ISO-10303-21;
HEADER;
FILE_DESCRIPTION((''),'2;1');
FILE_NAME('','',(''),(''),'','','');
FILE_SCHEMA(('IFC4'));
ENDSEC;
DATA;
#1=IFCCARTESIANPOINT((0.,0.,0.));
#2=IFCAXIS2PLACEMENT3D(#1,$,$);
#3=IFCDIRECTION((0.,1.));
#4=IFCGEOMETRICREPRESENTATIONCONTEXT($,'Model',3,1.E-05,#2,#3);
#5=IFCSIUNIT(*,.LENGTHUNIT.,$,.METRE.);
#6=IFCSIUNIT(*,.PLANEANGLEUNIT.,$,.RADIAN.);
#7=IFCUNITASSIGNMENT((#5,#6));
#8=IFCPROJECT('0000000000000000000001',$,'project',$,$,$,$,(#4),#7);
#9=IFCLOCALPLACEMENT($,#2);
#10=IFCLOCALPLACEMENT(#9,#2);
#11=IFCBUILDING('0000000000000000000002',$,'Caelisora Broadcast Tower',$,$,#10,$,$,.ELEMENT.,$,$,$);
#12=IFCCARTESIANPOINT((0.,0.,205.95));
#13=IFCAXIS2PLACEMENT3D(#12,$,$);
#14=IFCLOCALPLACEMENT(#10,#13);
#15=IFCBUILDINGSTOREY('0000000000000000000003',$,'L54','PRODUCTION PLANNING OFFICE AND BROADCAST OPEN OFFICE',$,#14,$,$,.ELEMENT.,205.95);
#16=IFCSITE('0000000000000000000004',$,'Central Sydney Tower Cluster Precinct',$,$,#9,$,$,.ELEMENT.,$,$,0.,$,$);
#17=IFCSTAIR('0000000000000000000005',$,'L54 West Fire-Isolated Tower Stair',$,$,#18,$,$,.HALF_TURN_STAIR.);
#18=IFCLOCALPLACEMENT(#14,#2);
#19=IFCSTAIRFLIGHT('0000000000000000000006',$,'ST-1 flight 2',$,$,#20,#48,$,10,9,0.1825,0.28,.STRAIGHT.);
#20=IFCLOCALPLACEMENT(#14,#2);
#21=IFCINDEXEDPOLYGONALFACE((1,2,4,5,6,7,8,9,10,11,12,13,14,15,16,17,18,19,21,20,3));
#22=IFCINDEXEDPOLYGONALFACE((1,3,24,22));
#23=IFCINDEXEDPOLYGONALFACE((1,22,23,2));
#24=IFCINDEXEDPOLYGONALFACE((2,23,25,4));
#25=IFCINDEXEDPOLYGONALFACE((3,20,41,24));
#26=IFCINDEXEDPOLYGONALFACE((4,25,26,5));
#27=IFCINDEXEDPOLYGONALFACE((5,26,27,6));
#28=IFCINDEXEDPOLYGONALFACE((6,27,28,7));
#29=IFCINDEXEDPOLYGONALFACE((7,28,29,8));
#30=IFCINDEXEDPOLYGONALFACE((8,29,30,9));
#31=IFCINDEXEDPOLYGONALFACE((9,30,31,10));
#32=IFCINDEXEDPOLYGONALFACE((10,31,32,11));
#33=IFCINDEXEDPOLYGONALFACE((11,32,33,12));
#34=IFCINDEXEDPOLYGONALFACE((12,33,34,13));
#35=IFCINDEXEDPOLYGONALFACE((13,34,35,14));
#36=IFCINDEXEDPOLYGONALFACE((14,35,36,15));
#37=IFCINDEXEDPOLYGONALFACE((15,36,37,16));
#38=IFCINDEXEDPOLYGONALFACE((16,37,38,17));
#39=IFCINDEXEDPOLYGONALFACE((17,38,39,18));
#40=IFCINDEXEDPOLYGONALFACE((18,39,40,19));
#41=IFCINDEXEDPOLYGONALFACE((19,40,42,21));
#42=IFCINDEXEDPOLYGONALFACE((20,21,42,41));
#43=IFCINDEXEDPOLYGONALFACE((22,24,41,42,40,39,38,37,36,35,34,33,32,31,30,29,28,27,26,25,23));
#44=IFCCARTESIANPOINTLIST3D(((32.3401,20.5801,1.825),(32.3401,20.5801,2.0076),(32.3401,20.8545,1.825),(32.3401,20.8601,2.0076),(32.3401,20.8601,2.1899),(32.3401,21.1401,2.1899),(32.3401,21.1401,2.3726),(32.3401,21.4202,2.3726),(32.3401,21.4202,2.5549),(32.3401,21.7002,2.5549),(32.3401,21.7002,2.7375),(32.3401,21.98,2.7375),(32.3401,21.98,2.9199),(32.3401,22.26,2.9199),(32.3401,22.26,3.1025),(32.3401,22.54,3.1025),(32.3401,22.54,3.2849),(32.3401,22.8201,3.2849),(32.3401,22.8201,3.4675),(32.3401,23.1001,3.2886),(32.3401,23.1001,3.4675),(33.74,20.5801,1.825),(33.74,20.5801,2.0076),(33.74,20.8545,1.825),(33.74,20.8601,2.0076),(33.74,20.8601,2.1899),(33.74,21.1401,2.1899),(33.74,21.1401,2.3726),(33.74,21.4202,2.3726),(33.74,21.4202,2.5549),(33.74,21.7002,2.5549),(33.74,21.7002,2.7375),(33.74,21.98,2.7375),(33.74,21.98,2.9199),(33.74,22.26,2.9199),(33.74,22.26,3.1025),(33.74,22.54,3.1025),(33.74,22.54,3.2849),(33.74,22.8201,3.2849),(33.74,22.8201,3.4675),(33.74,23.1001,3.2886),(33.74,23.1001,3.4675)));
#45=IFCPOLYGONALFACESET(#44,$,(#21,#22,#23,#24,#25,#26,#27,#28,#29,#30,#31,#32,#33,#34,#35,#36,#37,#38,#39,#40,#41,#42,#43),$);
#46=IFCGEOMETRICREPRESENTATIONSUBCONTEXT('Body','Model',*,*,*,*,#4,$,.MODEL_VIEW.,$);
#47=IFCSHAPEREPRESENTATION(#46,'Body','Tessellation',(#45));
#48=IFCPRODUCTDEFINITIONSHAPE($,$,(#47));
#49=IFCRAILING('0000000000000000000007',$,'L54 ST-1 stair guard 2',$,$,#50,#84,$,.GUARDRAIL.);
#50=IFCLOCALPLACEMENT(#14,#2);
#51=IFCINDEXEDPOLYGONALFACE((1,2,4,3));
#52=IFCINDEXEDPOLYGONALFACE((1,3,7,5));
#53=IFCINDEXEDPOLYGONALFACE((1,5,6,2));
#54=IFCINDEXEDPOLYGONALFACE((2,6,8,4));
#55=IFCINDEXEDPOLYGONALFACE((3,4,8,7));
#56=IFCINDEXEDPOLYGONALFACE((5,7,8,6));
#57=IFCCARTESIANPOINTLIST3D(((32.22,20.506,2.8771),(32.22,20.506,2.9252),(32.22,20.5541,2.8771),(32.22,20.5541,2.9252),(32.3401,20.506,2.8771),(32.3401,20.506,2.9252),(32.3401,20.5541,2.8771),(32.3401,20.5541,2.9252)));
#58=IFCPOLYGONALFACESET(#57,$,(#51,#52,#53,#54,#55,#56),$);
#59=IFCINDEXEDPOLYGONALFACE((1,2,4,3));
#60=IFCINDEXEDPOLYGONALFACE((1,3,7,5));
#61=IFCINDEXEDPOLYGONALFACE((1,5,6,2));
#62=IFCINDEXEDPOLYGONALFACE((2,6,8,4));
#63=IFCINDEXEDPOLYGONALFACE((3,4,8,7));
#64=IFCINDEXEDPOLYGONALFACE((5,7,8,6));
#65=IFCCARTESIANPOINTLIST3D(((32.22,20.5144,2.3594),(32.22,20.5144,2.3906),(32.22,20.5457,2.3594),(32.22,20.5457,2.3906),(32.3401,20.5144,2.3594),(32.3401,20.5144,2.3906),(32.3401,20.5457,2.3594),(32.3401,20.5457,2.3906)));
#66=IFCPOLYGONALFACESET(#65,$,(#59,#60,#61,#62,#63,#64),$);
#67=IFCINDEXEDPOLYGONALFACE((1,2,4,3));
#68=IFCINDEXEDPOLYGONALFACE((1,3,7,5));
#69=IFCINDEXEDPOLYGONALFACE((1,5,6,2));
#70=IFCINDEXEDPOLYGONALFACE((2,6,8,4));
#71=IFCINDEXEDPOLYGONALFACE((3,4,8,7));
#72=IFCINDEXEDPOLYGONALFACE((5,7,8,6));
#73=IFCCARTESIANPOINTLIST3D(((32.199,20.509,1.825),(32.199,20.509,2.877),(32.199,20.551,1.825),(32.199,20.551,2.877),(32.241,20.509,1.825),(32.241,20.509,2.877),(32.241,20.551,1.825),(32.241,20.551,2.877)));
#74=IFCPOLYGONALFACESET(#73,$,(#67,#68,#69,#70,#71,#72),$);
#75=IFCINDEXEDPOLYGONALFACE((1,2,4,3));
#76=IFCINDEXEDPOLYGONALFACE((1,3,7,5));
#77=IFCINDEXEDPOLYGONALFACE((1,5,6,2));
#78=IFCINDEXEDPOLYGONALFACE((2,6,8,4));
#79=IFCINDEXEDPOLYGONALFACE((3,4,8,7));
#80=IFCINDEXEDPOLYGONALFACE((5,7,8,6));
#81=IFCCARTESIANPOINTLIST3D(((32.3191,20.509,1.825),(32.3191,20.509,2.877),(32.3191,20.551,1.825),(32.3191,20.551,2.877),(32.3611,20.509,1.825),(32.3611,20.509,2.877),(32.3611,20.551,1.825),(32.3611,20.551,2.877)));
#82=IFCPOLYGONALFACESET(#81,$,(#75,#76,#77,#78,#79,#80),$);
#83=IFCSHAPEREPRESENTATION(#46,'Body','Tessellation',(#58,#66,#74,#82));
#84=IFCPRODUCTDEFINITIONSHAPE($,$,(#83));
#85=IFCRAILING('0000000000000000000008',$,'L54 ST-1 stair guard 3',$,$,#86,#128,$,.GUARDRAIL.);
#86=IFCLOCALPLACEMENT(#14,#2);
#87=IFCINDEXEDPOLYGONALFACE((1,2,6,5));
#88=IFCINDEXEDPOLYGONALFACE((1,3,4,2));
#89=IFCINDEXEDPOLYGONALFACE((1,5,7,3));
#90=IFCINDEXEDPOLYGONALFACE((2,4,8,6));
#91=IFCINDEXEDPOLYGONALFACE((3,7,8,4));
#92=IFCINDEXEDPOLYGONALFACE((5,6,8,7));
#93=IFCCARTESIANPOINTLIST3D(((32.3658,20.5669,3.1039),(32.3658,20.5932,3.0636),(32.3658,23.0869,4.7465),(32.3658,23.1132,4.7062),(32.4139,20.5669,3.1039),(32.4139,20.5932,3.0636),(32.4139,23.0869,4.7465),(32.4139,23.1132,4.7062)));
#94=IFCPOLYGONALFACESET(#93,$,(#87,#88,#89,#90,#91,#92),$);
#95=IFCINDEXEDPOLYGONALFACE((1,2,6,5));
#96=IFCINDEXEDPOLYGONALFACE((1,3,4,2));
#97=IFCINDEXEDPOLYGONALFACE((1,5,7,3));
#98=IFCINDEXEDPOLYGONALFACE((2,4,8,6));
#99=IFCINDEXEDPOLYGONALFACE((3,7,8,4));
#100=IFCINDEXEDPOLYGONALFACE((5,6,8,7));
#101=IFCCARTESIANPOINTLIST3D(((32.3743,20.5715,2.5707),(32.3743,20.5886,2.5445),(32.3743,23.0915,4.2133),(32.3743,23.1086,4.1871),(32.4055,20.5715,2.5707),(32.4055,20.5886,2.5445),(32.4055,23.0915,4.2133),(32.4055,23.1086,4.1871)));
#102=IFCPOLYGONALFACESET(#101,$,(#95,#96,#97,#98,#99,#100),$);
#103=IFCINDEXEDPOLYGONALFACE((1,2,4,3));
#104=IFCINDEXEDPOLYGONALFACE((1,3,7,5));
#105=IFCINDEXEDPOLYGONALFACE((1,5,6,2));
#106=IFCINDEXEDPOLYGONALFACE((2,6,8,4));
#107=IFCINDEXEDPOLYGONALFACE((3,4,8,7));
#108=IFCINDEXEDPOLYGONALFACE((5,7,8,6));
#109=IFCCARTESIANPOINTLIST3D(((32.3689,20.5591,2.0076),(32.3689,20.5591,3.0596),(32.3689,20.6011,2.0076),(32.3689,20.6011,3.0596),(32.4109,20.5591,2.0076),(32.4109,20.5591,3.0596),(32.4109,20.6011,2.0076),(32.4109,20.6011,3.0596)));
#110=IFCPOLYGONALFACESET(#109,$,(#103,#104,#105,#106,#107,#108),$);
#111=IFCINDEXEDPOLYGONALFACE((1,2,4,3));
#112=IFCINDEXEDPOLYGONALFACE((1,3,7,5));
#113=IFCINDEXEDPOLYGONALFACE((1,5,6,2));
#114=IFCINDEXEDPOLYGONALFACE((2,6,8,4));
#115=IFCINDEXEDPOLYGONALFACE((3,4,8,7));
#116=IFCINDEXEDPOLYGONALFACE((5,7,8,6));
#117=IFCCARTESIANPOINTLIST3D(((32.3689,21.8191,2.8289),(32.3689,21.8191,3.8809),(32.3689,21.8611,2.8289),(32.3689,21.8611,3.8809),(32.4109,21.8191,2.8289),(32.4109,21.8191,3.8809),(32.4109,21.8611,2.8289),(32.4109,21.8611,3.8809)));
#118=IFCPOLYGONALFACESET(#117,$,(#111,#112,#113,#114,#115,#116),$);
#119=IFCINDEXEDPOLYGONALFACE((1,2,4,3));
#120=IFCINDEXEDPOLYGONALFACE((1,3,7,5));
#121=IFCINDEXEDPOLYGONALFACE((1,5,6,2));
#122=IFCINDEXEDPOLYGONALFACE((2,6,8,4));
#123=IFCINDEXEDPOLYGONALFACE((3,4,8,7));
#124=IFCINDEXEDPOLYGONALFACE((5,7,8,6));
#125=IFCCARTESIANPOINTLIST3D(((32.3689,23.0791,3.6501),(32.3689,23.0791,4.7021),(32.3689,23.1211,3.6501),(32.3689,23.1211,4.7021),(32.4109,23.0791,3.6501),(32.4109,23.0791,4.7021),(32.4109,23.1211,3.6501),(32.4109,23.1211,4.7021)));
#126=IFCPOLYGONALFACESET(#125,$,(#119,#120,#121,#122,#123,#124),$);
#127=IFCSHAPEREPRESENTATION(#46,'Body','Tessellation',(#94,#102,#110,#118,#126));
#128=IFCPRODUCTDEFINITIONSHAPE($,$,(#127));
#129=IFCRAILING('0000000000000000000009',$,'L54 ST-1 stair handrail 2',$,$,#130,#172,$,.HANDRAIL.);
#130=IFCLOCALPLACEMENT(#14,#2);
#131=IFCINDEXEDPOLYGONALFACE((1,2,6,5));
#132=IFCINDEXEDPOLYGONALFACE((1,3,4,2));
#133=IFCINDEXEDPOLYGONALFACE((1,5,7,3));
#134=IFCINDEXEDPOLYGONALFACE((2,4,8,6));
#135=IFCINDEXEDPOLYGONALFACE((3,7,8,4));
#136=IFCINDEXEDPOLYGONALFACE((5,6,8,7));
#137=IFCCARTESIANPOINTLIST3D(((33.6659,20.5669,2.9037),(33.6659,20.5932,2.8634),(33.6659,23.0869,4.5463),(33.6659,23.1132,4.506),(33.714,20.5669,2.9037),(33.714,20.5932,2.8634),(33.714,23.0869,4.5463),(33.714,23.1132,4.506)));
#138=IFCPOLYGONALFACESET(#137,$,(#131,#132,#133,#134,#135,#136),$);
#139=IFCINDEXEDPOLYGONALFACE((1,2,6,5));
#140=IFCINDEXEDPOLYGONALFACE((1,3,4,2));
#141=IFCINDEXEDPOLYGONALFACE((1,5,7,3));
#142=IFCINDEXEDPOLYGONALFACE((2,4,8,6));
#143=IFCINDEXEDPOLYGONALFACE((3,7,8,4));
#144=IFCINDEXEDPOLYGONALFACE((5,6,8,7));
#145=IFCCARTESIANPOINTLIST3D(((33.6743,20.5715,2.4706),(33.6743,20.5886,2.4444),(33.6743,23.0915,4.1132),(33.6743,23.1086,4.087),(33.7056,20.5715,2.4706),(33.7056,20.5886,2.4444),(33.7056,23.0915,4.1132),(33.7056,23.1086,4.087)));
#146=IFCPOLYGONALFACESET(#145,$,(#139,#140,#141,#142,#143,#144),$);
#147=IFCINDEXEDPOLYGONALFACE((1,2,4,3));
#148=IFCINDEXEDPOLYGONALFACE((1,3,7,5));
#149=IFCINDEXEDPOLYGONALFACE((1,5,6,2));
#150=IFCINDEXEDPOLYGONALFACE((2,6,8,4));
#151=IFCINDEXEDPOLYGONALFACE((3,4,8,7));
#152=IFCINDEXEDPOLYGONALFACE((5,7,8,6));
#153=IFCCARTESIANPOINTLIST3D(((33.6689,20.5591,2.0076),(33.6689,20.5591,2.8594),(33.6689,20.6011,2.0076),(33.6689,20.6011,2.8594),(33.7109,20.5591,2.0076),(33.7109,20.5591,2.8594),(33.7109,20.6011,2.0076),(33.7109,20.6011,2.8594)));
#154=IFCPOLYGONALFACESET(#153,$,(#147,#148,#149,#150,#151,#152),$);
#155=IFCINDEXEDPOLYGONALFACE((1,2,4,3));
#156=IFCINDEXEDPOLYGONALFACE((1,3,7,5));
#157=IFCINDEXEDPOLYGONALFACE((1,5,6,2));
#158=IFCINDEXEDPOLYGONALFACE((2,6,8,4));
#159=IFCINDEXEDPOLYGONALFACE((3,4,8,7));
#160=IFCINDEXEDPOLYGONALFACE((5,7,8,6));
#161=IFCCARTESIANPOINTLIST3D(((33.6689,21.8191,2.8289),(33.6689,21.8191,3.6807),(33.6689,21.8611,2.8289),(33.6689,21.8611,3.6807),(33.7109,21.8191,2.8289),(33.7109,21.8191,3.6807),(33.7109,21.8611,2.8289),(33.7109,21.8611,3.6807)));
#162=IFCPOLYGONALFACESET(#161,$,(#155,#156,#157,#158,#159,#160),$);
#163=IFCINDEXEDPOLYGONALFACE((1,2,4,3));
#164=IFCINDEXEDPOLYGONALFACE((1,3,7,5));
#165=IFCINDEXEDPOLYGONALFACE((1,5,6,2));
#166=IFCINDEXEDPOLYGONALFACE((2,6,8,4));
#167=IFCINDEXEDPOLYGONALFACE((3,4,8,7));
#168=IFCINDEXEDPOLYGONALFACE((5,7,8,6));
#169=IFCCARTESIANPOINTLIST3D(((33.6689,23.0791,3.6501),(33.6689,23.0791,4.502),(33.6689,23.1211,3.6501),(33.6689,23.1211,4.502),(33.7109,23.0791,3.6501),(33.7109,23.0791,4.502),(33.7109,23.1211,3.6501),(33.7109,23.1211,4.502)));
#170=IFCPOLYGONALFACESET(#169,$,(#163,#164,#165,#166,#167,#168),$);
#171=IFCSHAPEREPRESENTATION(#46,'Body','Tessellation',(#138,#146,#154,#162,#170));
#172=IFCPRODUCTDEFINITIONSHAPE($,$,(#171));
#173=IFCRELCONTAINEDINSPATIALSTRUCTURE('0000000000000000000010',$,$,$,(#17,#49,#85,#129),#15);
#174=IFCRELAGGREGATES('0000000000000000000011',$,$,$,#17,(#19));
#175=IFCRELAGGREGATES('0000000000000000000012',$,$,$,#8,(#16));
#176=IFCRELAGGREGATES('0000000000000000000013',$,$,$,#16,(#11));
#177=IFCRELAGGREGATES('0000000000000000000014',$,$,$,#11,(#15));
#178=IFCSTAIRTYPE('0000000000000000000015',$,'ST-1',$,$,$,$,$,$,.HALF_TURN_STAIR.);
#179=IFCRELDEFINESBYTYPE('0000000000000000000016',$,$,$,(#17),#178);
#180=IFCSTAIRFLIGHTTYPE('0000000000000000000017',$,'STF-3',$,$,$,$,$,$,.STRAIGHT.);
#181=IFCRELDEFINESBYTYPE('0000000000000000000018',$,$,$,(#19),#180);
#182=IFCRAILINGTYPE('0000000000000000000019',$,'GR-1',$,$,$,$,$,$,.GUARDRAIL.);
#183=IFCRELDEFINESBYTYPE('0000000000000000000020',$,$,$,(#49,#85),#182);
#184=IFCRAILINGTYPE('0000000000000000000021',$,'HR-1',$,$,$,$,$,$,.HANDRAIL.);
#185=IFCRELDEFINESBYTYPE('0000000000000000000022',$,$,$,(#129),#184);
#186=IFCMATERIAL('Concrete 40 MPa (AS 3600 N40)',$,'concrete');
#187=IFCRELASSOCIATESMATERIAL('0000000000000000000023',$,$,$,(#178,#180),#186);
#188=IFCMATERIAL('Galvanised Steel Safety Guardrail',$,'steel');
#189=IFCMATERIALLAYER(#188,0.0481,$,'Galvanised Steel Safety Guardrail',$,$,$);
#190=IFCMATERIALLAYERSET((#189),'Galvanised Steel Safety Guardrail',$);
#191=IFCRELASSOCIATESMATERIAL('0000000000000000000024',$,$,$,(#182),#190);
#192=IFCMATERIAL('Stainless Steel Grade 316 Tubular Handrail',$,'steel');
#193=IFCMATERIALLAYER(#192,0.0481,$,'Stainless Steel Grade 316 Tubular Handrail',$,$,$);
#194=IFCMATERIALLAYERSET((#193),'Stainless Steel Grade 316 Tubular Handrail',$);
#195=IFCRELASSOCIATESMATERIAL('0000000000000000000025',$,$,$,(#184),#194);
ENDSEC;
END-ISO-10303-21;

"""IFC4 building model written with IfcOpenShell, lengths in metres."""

from ifc_helpers import new_model, si_unit, direction, frame, origin, origin_2d, place, context, subcontext, project, spatial, polyline, rectangle, outline, extrude, material, layer, layer_set, type_object, element, aggregate, save


model = new_model("IFC4")

# Units and contexts
model_context = context("Model", 3, precision=1e-05, world=origin(), true_north=direction((0.0, 1.0)))
body_context = subcontext(model_context, "Body", "Model", "MODEL_VIEW")
ifc_project = project(units=[si_unit("LENGTHUNIT", "METRE"), si_unit("PLANEANGLEUNIT", "RADIAN")], contexts=[model_context])

# Site, building, storey
site_placement = place(None, origin())
site = spatial("IfcSite", under=ifc_project, at=site_placement, Name="Central Sydney Tower Cluster Precinct", CompositionType="ELEMENT", RefElevation=0.0)
building_placement = place(site_placement, origin())
building = spatial("IfcBuilding", under=site, at=building_placement, Name="Caelisora Broadcast Tower", CompositionType="ELEMENT")
storey_placement = place(building_placement, frame((0.0, 0.0, 205.95)))
storey = spatial("IfcBuildingStorey", under=building, at=storey_placement, Name="L54", Description="PRODUCTION PLANNING OFFICE AND BROADCAST OPEN OFFICE", CompositionType="ELEMENT", Elevation=205.95)

# Stair, stair flight
ifc_material_1 = material(Name="Concrete 40 MPa (AS 3600 N40)", Category="concrete")
stair_type = type_object("IfcStairType", Name="ST-1", PredefinedType="HALF_TURN_STAIR", material=ifc_material_1)
stair_placement = place(storey_placement, origin())
stair = element("IfcStair", 1, at=stair_placement, inside=storey, type_object=stair_type, Name="L54 West Fire-Isolated Tower Stair", PredefinedType="HALF_TURN_STAIR")
stair_flight_type = type_object("IfcStairFlightType", Name="STF-3", PredefinedType="STRAIGHT", material=ifc_material_1)
stair_flight_placement = place(storey_placement, frame((33.04, 20.5801, 1.825), z_axis=(0.0, 0.0, 1.0), x_axis=(0.0, 1.0, 0.0)))
stair_flight = element("IfcStairFlight", 2, at=stair_flight_placement, type_object=stair_flight_type, Name="ST-1 flight 2", NumberOfRisers=10, NumberOfTreads=9, PredefinedType="STRAIGHT", RiserHeight=0.1825, TreadLength=0.28, context=body_context, shape_type="SweptSolid", body=[
    extrude(outline(polyline([(0.0, 0.0), (0.0, 0.1826), (0.28, 0.1826), (0.28, 0.365), (0.5601, 0.365), (0.5601, 0.5476), (0.8401, 0.5476), (0.8401, 0.73), (1.1201, 0.73), (1.1201, 0.9126), (1.3999, 0.9126), (1.3999, 1.095), (1.6799, 1.095), (1.6799, 1.2776), (1.96, 1.2776), (1.96, 1.46), (2.24, 1.46), (2.24, 1.6426), (2.52, 1.6426), (2.52, 1.825), (2.52, 1.4636), (0.2744, 0.0), (0.0, 0.0)])), frame((0.0, 0.7, 0.0), z_axis=(0.0, -1.0, 0.0), x_axis=(1.0, 0.0, 0.0)), (0.0, 0.0, 1.0), 1.3999),
])
aggregate(stair, [stair_flight])

# Railings
ifc_material_2 = material(Name="Galvanised Steel Safety Guardrail", Category="steel")
ifc_layer_1 = layer(ifc_material_2, 0.0481, Name="Galvanised Steel Safety Guardrail")
ifc_layer_set_1 = layer_set([ifc_layer_1], Name="Galvanised Steel Safety Guardrail")
railing_type_1 = type_object("IfcRailingType", Name="GR-1", PredefinedType="GUARDRAIL", material=ifc_layer_set_1)
railing_1_placement = place(storey_placement, frame((32.22, 20.53, 1.825)))
element("IfcRailing", 3, at=railing_1_placement, inside=storey, type_object=railing_type_1, Name="L54 ST-1 stair guard 2", PredefinedType="GUARDRAIL", context=body_context, shape_type="SweptSolid", body=[
    extrude(rectangle(XDim=0.0481, YDim=0.0481, at=origin_2d()), frame((0.0, 0.0, 1.0762), z_axis=(1.0, 0.0, 0.0), x_axis=(0.0, 1.0, 0.0)), (0.0, 0.0, 1.0), 0.1201),
    extrude(rectangle(XDim=0.0312, YDim=0.0312, at=origin_2d()), frame((0.0, 0.0, 0.55), z_axis=(1.0, 0.0, 0.0), x_axis=(0.0, 1.0, 0.0)), (0.0, 0.0, 1.0), 0.1201),
    extrude(rectangle(XDim=0.042, YDim=0.042, at=origin_2d()), origin(), (0.0, 0.0, 1.0), 1.052),
    extrude(rectangle(XDim=0.042, YDim=0.042, at=origin_2d()), frame((0.1201, 0.0, 0.0)), (0.0, 0.0, 1.0), 1.052),
])
railing_2_placement = place(storey_placement, frame((32.3899, 20.5801, 2.0076)))
element("IfcRailing", 4, at=railing_2_placement, inside=storey, type_object=railing_type_1, Name="L54 ST-1 stair guard 3", PredefinedType="GUARDRAIL", context=body_context, shape_type="SweptSolid", body=[
    extrude(rectangle(XDim=0.0481, YDim=0.0481, at=origin_2d()), frame((0.0, 0.0, 1.0762), z_axis=(0.0, 0.837749, 0.546055), x_axis=(-1.0, 0.0, 0.0)), (0.0, 0.0, 1.0), 3.0081),
    extrude(rectangle(XDim=0.0312, YDim=0.0312, at=origin_2d()), frame((0.0, 0.0, 0.55), z_axis=(0.0, 0.837749, 0.546055), x_axis=(-1.0, 0.0, 0.0)), (0.0, 0.0, 1.0), 3.0081),
    extrude(rectangle(XDim=0.042, YDim=0.042, at=origin_2d()), origin(), (0.0, 0.0, 1.0), 1.052),
    extrude(rectangle(XDim=0.042, YDim=0.042, at=origin_2d()), frame((0.0, 1.26, 0.8213)), (0.0, 0.0, 1.0), 1.052),
    extrude(rectangle(XDim=0.042, YDim=0.042, at=origin_2d()), frame((0.0, 2.52, 1.6426)), (0.0, 0.0, 1.0), 1.052),
])
ifc_material_3 = material(Name="Stainless Steel Grade 316 Tubular Handrail", Category="steel")
ifc_layer_2 = layer(ifc_material_3, 0.0481, Name="Stainless Steel Grade 316 Tubular Handrail")
ifc_layer_set_2 = layer_set([ifc_layer_2], Name="Stainless Steel Grade 316 Tubular Handrail")
railing_type_2 = type_object("IfcRailingType", Name="HR-1", PredefinedType="HANDRAIL", material=ifc_layer_set_2)
railing_3_placement = place(storey_placement, frame((33.6899, 20.5801, 2.0076)))
element("IfcRailing", 5, at=railing_3_placement, inside=storey, type_object=railing_type_2, Name="L54 ST-1 stair handrail 2", PredefinedType="HANDRAIL", context=body_context, shape_type="SweptSolid", body=[
    extrude(rectangle(XDim=0.0481, YDim=0.0481, at=origin_2d()), frame((0.0, 0.0, 0.876), z_axis=(0.0, 0.837749, 0.546055), x_axis=(-1.0, 0.0, 0.0)), (0.0, 0.0, 1.0), 3.0081),
    extrude(rectangle(XDim=0.0312, YDim=0.0312, at=origin_2d()), frame((0.0, 0.0, 0.45), z_axis=(0.0, 0.837749, 0.546055), x_axis=(-1.0, 0.0, 0.0)), (0.0, 0.0, 1.0), 3.0081),
    extrude(rectangle(XDim=0.042, YDim=0.042, at=origin_2d()), origin(), (0.0, 0.0, 1.0), 0.8518),
    extrude(rectangle(XDim=0.042, YDim=0.042, at=origin_2d()), frame((0.0, 1.26, 0.8213)), (0.0, 0.0, 1.0), 0.8518),
    extrude(rectangle(XDim=0.042, YDim=0.042, at=origin_2d()), frame((0.0, 2.52, 1.6426)), (0.0, 0.0, 1.0), 0.8518),
])

save(model, "model.ifc")
